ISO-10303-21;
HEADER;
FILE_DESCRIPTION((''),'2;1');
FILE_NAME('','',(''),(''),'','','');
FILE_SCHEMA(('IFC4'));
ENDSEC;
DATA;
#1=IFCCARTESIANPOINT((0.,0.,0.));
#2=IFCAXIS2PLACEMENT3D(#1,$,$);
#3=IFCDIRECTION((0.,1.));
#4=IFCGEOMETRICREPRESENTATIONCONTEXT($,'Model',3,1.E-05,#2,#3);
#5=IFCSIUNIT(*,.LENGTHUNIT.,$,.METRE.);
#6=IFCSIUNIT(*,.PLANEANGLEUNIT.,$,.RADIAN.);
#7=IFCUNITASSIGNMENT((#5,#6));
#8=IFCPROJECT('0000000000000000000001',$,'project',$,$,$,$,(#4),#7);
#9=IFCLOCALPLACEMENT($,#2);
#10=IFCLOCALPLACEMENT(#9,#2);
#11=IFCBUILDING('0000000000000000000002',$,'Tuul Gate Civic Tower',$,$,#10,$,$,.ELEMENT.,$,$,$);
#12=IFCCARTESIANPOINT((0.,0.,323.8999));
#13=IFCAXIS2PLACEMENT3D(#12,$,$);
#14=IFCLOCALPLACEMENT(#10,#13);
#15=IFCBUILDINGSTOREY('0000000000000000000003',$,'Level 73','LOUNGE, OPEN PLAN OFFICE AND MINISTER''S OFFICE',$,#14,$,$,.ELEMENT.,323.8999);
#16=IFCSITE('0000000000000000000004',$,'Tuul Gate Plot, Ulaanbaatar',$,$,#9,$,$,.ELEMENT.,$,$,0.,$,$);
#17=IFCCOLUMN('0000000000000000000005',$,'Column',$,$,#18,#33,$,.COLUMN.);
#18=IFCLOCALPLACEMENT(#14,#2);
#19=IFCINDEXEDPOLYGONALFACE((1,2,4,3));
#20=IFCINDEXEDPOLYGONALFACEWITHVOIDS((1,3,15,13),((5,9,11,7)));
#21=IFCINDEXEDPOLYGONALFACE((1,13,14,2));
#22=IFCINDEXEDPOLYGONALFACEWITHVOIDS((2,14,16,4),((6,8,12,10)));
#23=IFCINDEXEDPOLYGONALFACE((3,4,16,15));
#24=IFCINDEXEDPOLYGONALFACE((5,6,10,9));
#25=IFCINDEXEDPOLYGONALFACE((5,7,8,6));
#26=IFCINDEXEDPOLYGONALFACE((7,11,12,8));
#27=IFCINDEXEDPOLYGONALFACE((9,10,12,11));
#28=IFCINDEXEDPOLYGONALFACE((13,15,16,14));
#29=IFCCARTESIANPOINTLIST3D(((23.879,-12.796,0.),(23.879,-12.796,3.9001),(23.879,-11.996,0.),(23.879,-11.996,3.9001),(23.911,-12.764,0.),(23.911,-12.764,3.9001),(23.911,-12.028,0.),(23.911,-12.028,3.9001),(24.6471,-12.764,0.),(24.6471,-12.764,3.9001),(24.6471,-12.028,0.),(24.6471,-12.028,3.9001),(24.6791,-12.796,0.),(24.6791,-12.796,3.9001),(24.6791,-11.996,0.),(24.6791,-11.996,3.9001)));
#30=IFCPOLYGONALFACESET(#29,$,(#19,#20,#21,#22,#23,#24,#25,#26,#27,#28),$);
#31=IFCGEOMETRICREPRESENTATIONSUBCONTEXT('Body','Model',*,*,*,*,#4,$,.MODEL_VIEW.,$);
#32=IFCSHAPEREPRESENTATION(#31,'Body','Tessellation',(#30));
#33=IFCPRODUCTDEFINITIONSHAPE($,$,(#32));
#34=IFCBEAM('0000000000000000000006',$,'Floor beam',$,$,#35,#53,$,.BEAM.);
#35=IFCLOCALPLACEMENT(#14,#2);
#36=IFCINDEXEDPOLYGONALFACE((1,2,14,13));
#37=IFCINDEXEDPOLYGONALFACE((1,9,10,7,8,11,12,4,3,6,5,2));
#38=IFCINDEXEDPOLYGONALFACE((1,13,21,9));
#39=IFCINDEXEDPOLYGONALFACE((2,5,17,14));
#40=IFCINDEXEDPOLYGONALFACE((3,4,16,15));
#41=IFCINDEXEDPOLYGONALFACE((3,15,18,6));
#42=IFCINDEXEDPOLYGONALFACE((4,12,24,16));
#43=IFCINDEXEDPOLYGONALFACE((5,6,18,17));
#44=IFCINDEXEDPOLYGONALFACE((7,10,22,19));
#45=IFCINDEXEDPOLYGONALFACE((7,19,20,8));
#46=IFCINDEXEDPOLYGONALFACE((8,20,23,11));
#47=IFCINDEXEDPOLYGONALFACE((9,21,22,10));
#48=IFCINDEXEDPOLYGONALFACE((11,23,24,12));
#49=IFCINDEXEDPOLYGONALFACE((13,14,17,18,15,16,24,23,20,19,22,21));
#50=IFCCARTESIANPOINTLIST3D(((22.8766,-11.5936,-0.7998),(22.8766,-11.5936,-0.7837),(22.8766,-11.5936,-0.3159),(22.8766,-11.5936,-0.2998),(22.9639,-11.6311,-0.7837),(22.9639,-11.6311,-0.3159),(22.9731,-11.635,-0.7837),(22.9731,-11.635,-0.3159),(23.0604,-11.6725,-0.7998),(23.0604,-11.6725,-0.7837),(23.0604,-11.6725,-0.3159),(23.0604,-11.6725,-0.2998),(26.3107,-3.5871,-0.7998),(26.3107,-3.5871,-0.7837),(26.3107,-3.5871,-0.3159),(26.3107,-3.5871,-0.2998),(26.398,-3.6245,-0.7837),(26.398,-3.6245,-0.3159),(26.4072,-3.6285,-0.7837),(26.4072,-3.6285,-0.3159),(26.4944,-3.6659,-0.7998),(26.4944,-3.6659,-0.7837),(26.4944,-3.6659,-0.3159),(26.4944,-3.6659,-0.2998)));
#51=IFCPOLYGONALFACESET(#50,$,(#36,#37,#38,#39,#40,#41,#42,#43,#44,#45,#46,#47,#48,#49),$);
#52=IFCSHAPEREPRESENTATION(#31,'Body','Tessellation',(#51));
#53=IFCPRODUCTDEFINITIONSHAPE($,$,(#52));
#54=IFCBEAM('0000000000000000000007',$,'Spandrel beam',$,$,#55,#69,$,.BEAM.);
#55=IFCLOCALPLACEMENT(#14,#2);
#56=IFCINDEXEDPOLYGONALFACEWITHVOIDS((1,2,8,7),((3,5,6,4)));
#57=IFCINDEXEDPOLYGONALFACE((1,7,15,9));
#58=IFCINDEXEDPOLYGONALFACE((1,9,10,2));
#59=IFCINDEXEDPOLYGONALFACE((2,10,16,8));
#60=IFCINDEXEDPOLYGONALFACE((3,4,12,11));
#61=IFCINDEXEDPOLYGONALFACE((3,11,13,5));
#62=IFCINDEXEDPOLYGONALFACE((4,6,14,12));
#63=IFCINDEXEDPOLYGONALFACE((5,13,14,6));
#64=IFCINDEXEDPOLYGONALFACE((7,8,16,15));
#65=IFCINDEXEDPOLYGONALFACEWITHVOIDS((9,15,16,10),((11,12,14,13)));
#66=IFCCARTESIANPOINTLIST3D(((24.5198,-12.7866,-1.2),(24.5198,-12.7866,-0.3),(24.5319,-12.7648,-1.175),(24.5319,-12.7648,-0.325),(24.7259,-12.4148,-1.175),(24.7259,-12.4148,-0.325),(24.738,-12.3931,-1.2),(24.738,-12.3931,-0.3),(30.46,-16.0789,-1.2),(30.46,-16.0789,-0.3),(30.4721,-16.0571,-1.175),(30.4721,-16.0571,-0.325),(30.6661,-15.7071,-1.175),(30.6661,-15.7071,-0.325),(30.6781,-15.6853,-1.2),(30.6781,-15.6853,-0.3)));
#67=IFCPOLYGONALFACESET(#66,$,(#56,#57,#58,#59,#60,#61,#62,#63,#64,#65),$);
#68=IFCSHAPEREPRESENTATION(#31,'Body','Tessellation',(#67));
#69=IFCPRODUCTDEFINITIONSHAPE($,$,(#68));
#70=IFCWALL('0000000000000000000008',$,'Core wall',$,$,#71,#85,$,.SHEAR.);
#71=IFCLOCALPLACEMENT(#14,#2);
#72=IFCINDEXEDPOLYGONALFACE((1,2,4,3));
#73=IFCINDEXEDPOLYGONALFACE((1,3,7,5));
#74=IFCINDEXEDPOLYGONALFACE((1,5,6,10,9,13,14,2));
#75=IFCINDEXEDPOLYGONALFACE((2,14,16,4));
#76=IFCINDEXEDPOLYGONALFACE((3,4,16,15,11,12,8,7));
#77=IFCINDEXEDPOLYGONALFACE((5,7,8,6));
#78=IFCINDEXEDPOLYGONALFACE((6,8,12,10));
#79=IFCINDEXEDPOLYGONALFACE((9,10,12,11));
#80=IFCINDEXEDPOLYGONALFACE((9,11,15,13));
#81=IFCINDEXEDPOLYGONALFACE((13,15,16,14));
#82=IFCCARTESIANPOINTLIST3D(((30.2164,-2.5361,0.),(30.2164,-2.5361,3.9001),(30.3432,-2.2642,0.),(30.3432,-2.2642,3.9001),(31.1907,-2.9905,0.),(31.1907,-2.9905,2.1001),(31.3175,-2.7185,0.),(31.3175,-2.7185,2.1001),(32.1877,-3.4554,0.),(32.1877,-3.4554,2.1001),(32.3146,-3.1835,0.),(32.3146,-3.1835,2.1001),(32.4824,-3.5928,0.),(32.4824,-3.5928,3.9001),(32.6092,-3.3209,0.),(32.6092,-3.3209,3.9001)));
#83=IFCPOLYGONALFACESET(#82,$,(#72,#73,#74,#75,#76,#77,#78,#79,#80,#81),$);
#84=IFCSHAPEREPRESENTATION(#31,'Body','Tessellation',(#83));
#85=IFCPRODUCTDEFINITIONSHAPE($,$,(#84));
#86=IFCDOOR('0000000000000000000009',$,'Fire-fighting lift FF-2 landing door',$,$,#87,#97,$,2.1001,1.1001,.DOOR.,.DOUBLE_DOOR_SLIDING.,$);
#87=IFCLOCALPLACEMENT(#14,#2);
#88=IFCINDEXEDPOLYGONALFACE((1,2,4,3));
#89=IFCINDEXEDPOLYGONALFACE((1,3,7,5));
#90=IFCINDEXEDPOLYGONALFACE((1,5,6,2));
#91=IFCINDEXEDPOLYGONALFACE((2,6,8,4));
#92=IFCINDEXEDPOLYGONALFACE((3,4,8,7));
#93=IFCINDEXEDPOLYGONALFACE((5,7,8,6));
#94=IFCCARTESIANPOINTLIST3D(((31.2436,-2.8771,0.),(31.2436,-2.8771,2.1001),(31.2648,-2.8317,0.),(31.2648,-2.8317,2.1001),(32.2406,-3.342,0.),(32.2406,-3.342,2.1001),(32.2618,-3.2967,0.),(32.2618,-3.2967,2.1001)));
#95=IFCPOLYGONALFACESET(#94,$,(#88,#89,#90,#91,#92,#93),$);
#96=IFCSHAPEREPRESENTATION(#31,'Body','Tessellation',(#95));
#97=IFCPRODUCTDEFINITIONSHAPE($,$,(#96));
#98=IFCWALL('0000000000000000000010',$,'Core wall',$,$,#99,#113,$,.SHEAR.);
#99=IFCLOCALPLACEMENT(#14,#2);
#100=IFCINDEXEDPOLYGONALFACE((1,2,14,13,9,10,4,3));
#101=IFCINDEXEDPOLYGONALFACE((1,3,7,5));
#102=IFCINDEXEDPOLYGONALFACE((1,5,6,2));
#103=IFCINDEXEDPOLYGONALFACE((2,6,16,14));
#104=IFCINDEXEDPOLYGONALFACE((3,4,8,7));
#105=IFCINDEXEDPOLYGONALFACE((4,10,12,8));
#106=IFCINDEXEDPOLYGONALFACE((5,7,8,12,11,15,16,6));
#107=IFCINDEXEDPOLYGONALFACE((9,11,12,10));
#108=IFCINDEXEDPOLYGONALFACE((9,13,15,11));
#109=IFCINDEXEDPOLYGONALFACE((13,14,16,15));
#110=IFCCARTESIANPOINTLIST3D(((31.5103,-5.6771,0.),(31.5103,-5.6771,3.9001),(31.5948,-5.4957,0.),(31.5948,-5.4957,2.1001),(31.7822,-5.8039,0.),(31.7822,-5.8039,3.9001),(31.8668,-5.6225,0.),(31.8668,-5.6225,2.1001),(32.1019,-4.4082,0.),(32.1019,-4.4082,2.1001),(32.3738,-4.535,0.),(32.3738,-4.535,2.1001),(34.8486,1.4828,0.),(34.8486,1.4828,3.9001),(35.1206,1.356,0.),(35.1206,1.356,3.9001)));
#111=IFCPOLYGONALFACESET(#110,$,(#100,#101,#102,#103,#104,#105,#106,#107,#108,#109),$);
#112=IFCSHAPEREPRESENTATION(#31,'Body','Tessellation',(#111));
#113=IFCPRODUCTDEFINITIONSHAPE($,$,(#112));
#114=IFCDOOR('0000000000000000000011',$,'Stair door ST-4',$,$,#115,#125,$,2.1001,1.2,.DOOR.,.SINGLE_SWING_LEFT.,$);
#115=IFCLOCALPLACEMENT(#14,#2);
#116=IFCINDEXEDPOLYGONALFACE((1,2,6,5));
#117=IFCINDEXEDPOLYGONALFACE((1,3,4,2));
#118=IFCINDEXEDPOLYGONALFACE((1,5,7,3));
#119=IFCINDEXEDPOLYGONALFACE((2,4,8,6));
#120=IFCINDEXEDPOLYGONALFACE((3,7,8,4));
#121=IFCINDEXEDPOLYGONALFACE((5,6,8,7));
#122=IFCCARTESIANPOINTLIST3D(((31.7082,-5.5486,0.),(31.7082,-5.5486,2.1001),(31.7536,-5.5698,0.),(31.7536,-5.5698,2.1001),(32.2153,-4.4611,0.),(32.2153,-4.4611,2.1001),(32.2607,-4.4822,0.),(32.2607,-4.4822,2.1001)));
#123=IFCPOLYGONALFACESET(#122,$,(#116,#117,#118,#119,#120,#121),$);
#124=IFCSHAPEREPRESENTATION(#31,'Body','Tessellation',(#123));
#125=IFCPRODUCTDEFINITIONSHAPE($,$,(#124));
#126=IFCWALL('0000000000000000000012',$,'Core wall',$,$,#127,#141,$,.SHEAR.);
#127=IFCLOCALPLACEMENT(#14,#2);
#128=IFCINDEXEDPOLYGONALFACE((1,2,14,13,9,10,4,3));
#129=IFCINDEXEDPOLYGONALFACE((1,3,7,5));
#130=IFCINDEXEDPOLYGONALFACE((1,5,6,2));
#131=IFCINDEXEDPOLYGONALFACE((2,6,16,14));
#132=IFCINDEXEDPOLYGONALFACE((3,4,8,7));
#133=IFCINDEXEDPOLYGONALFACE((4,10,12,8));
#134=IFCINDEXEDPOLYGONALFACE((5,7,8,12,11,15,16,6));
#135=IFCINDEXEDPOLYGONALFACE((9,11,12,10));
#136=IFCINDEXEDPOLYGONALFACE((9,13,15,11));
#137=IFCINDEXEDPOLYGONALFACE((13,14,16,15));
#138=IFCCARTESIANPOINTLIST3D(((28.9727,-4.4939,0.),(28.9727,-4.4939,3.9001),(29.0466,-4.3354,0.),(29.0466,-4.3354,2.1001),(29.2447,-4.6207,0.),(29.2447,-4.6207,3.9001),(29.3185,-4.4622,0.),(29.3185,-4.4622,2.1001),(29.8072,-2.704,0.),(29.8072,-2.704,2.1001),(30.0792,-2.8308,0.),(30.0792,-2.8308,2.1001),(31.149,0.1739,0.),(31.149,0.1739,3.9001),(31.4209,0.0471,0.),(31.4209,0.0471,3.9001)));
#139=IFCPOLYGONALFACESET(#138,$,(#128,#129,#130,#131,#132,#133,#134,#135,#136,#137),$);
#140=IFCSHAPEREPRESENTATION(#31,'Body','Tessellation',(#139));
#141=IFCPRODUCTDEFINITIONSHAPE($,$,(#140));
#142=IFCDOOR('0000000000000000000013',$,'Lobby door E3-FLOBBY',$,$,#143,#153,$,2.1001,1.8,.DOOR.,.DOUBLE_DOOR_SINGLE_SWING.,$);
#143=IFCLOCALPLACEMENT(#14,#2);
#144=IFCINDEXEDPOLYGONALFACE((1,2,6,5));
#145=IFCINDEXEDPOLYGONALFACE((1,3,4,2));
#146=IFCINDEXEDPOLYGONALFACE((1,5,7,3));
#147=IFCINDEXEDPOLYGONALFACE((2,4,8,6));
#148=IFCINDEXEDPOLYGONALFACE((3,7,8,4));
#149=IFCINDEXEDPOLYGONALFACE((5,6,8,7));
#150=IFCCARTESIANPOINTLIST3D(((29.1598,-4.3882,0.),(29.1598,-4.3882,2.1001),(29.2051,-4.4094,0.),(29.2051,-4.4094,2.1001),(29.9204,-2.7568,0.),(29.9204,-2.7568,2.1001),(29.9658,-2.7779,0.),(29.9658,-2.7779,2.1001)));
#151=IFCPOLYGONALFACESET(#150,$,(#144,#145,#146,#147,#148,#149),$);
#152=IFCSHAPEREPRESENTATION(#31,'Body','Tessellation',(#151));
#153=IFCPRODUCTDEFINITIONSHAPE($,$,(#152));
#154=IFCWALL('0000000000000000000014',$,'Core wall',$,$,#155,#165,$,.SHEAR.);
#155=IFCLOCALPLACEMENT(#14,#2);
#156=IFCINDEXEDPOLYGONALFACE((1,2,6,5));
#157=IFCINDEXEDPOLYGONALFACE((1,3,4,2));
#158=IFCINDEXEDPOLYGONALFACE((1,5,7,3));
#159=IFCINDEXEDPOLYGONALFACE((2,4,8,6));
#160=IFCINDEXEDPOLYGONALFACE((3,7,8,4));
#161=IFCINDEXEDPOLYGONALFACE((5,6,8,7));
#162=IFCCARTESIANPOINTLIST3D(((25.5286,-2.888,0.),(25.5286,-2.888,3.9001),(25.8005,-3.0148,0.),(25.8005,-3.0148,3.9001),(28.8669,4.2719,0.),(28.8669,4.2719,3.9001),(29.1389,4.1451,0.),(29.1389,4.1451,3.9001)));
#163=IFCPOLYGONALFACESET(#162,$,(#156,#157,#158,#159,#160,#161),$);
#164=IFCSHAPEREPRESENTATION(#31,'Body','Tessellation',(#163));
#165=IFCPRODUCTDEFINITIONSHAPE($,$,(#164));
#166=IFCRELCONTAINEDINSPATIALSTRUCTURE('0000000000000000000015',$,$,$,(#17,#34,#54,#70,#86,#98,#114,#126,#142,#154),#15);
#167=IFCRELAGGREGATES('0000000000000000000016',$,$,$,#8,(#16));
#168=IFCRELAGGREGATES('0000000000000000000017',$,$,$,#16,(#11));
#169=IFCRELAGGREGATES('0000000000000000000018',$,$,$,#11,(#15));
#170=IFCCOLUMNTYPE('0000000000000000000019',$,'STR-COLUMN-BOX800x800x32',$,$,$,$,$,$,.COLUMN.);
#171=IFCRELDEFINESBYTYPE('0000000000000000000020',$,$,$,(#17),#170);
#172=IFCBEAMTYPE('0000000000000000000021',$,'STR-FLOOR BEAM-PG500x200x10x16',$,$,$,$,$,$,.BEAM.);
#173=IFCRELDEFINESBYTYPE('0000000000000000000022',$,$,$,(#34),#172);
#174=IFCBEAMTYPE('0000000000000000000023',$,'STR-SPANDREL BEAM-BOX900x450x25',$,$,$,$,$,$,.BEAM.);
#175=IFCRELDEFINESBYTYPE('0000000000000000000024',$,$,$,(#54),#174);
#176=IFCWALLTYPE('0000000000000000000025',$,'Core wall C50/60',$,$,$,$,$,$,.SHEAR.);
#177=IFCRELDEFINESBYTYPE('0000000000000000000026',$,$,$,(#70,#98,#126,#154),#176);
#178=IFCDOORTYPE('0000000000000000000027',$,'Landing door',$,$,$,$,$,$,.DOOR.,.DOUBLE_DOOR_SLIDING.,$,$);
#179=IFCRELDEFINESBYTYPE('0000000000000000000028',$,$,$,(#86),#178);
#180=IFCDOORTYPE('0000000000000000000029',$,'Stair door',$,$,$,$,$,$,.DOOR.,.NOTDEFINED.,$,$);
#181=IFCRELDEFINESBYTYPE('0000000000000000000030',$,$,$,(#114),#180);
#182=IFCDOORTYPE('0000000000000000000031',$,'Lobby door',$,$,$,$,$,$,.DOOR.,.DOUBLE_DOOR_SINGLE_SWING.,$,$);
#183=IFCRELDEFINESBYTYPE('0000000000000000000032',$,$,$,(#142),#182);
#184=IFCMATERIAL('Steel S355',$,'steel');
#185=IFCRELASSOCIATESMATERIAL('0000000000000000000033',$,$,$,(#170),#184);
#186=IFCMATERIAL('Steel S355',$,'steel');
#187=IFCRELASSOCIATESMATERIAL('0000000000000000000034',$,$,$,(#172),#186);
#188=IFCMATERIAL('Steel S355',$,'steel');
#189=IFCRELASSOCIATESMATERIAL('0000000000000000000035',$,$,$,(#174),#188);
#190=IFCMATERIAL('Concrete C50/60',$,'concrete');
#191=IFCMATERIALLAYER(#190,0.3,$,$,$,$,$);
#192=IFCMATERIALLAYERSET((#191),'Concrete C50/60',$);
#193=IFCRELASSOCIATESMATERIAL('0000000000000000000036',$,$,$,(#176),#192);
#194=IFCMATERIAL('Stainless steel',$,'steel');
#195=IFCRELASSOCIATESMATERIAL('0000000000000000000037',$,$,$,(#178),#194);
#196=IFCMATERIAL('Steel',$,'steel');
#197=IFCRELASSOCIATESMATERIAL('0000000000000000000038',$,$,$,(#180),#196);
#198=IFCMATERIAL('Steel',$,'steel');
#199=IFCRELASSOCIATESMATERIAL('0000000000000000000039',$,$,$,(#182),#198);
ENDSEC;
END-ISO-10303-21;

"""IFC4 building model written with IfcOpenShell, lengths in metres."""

from ifc_helpers import new_model, si_unit, direction, frame, frame_2d, origin, origin_2d, place, context, subcontext, project, spatial, rectangle, hollow_rectangle, i_section, extrude, material, layer, layer_set, material_profile, profile_set, type_object, element, fill, save


model = new_model("IFC4")

# Units and contexts
model_context = context("Model", 3, precision=1e-05, world=origin(), true_north=direction((0.0, 1.0)))
body_context = subcontext(model_context, "Body", "Model", "MODEL_VIEW")
ifc_project = project(units=[si_unit("LENGTHUNIT", "METRE"), si_unit("PLANEANGLEUNIT", "RADIAN")], contexts=[model_context])

# Site, building, storey
site_placement = place(None, origin())
site = spatial("IfcSite", under=ifc_project, at=site_placement, Name="Tuul Gate Plot, Ulaanbaatar", CompositionType="ELEMENT", RefElevation=0.0)
building_placement = place(site_placement, origin())
building = spatial("IfcBuilding", under=site, at=building_placement, Name="Tuul Gate Civic Tower", CompositionType="ELEMENT")
storey_placement = place(building_placement, frame((0.0, 0.0, 323.8999)))
storey = spatial("IfcBuildingStorey", under=building, at=storey_placement, Name="Level 73", Description="LOUNGE, OPEN PLAN OFFICE AND MINISTER'S OFFICE", CompositionType="ELEMENT", Elevation=323.8999)

# Column
ifc_material_1 = material(Name="Steel S355", Category="steel")
ifc_material_profile_1 = material_profile(ifc_material_1, hollow_rectangle(XDim=0.8, YDim=0.8, WallThickness=0.032, at=origin_2d()), Name="BOX800x800x32")
ifc_profile_set_1 = profile_set([ifc_material_profile_1], Name="Steel S355")
column_type = type_object("IfcColumnType", Name="STR-COLUMN-BOX800x800x32", PredefinedType="COLUMN", material=ifc_profile_set_1)
column_placement = place(storey_placement, frame((24.2791, -12.396, 0.0), z_axis=(0.0, 0.0, 1.0), x_axis=(1.0, 0.0, 0.0)))
element("IfcColumn", 1, at=column_placement, inside=storey, type_object=column_type, Name="Column", PredefinedType="COLUMN", context=body_context, shape_type="SweptSolid", body=[
    extrude(hollow_rectangle(XDim=0.8, YDim=0.8, WallThickness=0.032, at=origin_2d()), origin(), (0.0, 0.0, 1.0), 3.9001),
])

# Beams
ifc_material_2 = material(Name="Steel S355", Category="steel")
ifc_material_profile_2 = material_profile(ifc_material_2, i_section(OverallWidth=0.2, OverallDepth=0.5, WebThickness=0.01, FlangeThickness=0.0161, at=origin_2d()), Name="PG500x200x10x16")
ifc_profile_set_2 = profile_set([ifc_material_profile_2], Name="Steel S355")
beam_type_1 = type_object("IfcBeamType", Name="STR-FLOOR BEAM-PG500x200x10x16", PredefinedType="BEAM", material=ifc_profile_set_2)
beam_1_placement = place(storey_placement, frame((22.9685, -11.6331, -0.5498), z_axis=(0.39418, 0.919033, 0.0), x_axis=(-0.919033, 0.39418, 0.0)))
element("IfcBeam", 2, at=beam_1_placement, inside=storey, type_object=beam_type_1, Name="Floor beam", PredefinedType="BEAM", context=body_context, shape_type="SweptSolid", body=[
    extrude(i_section(OverallWidth=0.2, OverallDepth=0.5, WebThickness=0.01, FlangeThickness=0.0161, at=origin_2d()), origin(), (0.0, 0.0, 1.0), 8.7119),
])
ifc_material_3 = material(Name="Steel S355", Category="steel")
ifc_material_profile_3 = material_profile(ifc_material_3, hollow_rectangle(XDim=0.45, YDim=0.8999, WallThickness=0.0249, at=origin_2d()), Name="BOX900x450x25")
ifc_profile_set_3 = profile_set([ifc_material_profile_3], Name="Steel S355")
beam_type_2 = type_object("IfcBeamType", Name="STR-SPANDREL BEAM-BOX900x450x25", PredefinedType="BEAM", material=ifc_profile_set_3)
beam_2_placement = place(storey_placement, frame((24.6289, -12.5898, -0.75), z_axis=(0.874649, -0.484758, 0.0), x_axis=(0.484758, 0.874649, 0.0)))
element("IfcBeam", 3, at=beam_2_placement, inside=storey, type_object=beam_type_2, Name="Spandrel beam", PredefinedType="BEAM", context=body_context, shape_type="SweptSolid", body=[
    extrude(hollow_rectangle(XDim=0.45, YDim=0.8999, WallThickness=0.0249, at=origin_2d()), origin(), (0.0, 0.0, 1.0), 6.7915),
])

# Walls, openings, doors
ifc_material_4 = material(Name="Concrete C50/60", Category="concrete")
ifc_layer_1 = layer(ifc_material_4, 0.3)
ifc_layer_set_1 = layer_set([ifc_layer_1], Name="Concrete C50/60")
wall_type_1 = type_object("IfcWallType", Name="Core wall C50/60", PredefinedType="SHEAR", material=ifc_layer_set_1)
wall_1_placement = place(storey_placement, frame((32.5457, -3.4568, 0.0), z_axis=(0.0, 0.0, 1.0), x_axis=(-0.9063, 0.422634, 0.0)))
wall_1 = element("IfcWall", 4, at=wall_1_placement, inside=storey, type_object=wall_type_1, Name="Core wall", PredefinedType="SHEAR", context=body_context, shape_type="SweptSolid", body=[
    extrude(rectangle(XDim=2.5002, YDim=0.3, at=frame_2d((1.25, 0.0))), origin(), (0.0, 0.0, 1.0), 3.9001),
])
opening_1_placement = place(wall_1_placement, frame((0.325, 0.0, 0.0)))
opening_1 = element("IfcOpeningElement", 5, at=opening_1_placement, cuts=wall_1, PredefinedType="OPENING", context=body_context, shape_type="SweptSolid", body=[
    extrude(rectangle(XDim=1.1001, YDim=2.1001, at=frame_2d((0.55, 1.05))), frame((0.0, 0.1602, 0.0), z_axis=(0.0, -1.0, 0.0), x_axis=(1.0, 0.0, 0.0)), (0.0, 0.0, 1.0), 0.3201),
])
ifc_material_5 = material(Name="Stainless steel", Category="steel")
door_type_1 = type_object("IfcDoorType", Name="Landing door", OperationType="DOUBLE_DOOR_SLIDING", PredefinedType="DOOR", material=ifc_material_5)
door_1_placement = place(opening_1_placement, origin())
door_1 = element("IfcDoor", 6, at=door_1_placement, inside=storey, type_object=door_type_1, Name="Fire-fighting lift FF-2 landing door", OperationType="DOUBLE_DOOR_SLIDING", OverallHeight=2.1001, OverallWidth=1.1001, PredefinedType="DOOR", context=body_context, shape_type="SweptSolid", body=[
    extrude(rectangle(XDim=1.1001, YDim=2.1001, at=frame_2d((0.55, 1.05))), frame((0.0, 0.0249, 0.0), z_axis=(0.0, -1.0, 0.0), x_axis=(1.0, 0.0, 0.0)), (0.0, 0.0, 1.0), 0.05),
])
fill(opening_1, door_1)
wall_2_placement = place(storey_placement, frame((31.6462, -5.7405, 0.0), z_axis=(0.0, 0.0, 1.0), x_axis=(0.422583, 0.906324, 0.0)))
wall_2 = element("IfcWall", 7, at=wall_2_placement, inside=storey, type_object=wall_type_1, Name="Core wall", PredefinedType="SHEAR", context=body_context, shape_type="SweptSolid", body=[
    extrude(rectangle(XDim=7.8999, YDim=0.3, at=frame_2d((3.95, 0.0))), origin(), (0.0, 0.0, 1.0), 3.9001),
])
opening_2_placement = place(wall_2_placement, frame((0.2, 0.0, 0.0)))
opening_2 = element("IfcOpeningElement", 8, at=opening_2_placement, cuts=wall_2, PredefinedType="OPENING", context=body_context, shape_type="SweptSolid", body=[
    extrude(rectangle(XDim=1.2, YDim=2.1001, at=frame_2d((0.6001, 1.05))), frame((0.0, 0.1602, 0.0), z_axis=(0.0, -1.0, 0.0), x_axis=(1.0, 0.0, 0.0)), (0.0, 0.0, 1.0), 0.3201),
])
ifc_material_6 = material(Name="Steel", Category="steel")
door_type_2 = type_object("IfcDoorType", Name="Stair door", OperationType="NOTDEFINED", PredefinedType="DOOR", material=ifc_material_6)
door_2_placement = place(opening_2_placement, origin())
door_2 = element("IfcDoor", 9, at=door_2_placement, inside=storey, type_object=door_type_2, Name="Stair door ST-4", OperationType="SINGLE_SWING_LEFT", OverallHeight=2.1001, OverallWidth=1.2, PredefinedType="DOOR", context=body_context, shape_type="SweptSolid", body=[
    extrude(rectangle(XDim=1.2, YDim=2.1001, at=frame_2d((0.6001, 1.05))), frame((0.0, 0.0249, 0.0), z_axis=(0.0, -1.0, 0.0), x_axis=(1.0, 0.0, 0.0)), (0.0, 0.0, 1.0), 0.05),
])
fill(opening_2, door_2)
wall_3_placement = place(storey_placement, frame((29.1086, -4.5574, 0.0), z_axis=(0.0, 0.0, 1.0), x_axis=(0.422566, 0.906332, 0.0)))
wall_3 = element("IfcWall", 10, at=wall_3_placement, inside=storey, type_object=wall_type_1, Name="Core wall", PredefinedType="SHEAR", context=body_context, shape_type="SweptSolid", body=[
    extrude(rectangle(XDim=5.1501, YDim=0.3, at=frame_2d((2.5752, 0.0))), origin(), (0.0, 0.0, 1.0), 3.9001),
])
opening_3_placement = place(wall_3_placement, frame((0.175, 0.0, 0.0)))
opening_3 = element("IfcOpeningElement", 11, at=opening_3_placement, cuts=wall_3, PredefinedType="OPENING", context=body_context, shape_type="SweptSolid", body=[
    extrude(rectangle(XDim=1.8, YDim=2.1001, at=frame_2d((0.8999, 1.05))), frame((0.0, 0.1602, 0.0), z_axis=(0.0, -1.0, 0.0), x_axis=(1.0, 0.0, 0.0)), (0.0, 0.0, 1.0), 0.3201),
])
ifc_material_7 = material(Name="Steel", Category="steel")
door_type_3 = type_object("IfcDoorType", Name="Lobby door", OperationType="DOUBLE_DOOR_SINGLE_SWING", PredefinedType="DOOR", material=ifc_material_7)
door_3_placement = place(opening_3_placement, frame((1.8, 0.0, 0.0), z_axis=(0.0, 0.0, 1.0), x_axis=(-1.0, 0.0, 0.0)))
door_3 = element("IfcDoor", 12, at=door_3_placement, inside=storey, type_object=door_type_3, Name="Lobby door E3-FLOBBY", OperationType="DOUBLE_DOOR_SINGLE_SWING", OverallHeight=2.1001, OverallWidth=1.8, PredefinedType="DOOR", context=body_context, shape_type="SweptSolid", body=[
    extrude(rectangle(XDim=1.8, YDim=2.1001, at=frame_2d((0.9001, 1.05))), frame((0.0, 0.0249, 0.0), z_axis=(0.0, -1.0, 0.0), x_axis=(1.0, 0.0, 0.0)), (0.0, 0.0, 1.0), 0.05),
])
fill(opening_3, door_3)

# Wall
wall_4_placement = place(storey_placement, frame((25.6646, -2.9514, 0.0), z_axis=(0.0, 0.0, 1.0), x_axis=(0.422583, 0.906324, 0.0)))
element("IfcWall", 13, at=wall_4_placement, inside=storey, type_object=wall_type_1, Name="Core wall", PredefinedType="SHEAR", context=body_context, shape_type="SweptSolid", body=[
    extrude(rectangle(XDim=7.8999, YDim=0.3, at=frame_2d((3.95, 0.0))), origin(), (0.0, 0.0, 1.0), 3.9001),
])

save(model, "model.ifc")
